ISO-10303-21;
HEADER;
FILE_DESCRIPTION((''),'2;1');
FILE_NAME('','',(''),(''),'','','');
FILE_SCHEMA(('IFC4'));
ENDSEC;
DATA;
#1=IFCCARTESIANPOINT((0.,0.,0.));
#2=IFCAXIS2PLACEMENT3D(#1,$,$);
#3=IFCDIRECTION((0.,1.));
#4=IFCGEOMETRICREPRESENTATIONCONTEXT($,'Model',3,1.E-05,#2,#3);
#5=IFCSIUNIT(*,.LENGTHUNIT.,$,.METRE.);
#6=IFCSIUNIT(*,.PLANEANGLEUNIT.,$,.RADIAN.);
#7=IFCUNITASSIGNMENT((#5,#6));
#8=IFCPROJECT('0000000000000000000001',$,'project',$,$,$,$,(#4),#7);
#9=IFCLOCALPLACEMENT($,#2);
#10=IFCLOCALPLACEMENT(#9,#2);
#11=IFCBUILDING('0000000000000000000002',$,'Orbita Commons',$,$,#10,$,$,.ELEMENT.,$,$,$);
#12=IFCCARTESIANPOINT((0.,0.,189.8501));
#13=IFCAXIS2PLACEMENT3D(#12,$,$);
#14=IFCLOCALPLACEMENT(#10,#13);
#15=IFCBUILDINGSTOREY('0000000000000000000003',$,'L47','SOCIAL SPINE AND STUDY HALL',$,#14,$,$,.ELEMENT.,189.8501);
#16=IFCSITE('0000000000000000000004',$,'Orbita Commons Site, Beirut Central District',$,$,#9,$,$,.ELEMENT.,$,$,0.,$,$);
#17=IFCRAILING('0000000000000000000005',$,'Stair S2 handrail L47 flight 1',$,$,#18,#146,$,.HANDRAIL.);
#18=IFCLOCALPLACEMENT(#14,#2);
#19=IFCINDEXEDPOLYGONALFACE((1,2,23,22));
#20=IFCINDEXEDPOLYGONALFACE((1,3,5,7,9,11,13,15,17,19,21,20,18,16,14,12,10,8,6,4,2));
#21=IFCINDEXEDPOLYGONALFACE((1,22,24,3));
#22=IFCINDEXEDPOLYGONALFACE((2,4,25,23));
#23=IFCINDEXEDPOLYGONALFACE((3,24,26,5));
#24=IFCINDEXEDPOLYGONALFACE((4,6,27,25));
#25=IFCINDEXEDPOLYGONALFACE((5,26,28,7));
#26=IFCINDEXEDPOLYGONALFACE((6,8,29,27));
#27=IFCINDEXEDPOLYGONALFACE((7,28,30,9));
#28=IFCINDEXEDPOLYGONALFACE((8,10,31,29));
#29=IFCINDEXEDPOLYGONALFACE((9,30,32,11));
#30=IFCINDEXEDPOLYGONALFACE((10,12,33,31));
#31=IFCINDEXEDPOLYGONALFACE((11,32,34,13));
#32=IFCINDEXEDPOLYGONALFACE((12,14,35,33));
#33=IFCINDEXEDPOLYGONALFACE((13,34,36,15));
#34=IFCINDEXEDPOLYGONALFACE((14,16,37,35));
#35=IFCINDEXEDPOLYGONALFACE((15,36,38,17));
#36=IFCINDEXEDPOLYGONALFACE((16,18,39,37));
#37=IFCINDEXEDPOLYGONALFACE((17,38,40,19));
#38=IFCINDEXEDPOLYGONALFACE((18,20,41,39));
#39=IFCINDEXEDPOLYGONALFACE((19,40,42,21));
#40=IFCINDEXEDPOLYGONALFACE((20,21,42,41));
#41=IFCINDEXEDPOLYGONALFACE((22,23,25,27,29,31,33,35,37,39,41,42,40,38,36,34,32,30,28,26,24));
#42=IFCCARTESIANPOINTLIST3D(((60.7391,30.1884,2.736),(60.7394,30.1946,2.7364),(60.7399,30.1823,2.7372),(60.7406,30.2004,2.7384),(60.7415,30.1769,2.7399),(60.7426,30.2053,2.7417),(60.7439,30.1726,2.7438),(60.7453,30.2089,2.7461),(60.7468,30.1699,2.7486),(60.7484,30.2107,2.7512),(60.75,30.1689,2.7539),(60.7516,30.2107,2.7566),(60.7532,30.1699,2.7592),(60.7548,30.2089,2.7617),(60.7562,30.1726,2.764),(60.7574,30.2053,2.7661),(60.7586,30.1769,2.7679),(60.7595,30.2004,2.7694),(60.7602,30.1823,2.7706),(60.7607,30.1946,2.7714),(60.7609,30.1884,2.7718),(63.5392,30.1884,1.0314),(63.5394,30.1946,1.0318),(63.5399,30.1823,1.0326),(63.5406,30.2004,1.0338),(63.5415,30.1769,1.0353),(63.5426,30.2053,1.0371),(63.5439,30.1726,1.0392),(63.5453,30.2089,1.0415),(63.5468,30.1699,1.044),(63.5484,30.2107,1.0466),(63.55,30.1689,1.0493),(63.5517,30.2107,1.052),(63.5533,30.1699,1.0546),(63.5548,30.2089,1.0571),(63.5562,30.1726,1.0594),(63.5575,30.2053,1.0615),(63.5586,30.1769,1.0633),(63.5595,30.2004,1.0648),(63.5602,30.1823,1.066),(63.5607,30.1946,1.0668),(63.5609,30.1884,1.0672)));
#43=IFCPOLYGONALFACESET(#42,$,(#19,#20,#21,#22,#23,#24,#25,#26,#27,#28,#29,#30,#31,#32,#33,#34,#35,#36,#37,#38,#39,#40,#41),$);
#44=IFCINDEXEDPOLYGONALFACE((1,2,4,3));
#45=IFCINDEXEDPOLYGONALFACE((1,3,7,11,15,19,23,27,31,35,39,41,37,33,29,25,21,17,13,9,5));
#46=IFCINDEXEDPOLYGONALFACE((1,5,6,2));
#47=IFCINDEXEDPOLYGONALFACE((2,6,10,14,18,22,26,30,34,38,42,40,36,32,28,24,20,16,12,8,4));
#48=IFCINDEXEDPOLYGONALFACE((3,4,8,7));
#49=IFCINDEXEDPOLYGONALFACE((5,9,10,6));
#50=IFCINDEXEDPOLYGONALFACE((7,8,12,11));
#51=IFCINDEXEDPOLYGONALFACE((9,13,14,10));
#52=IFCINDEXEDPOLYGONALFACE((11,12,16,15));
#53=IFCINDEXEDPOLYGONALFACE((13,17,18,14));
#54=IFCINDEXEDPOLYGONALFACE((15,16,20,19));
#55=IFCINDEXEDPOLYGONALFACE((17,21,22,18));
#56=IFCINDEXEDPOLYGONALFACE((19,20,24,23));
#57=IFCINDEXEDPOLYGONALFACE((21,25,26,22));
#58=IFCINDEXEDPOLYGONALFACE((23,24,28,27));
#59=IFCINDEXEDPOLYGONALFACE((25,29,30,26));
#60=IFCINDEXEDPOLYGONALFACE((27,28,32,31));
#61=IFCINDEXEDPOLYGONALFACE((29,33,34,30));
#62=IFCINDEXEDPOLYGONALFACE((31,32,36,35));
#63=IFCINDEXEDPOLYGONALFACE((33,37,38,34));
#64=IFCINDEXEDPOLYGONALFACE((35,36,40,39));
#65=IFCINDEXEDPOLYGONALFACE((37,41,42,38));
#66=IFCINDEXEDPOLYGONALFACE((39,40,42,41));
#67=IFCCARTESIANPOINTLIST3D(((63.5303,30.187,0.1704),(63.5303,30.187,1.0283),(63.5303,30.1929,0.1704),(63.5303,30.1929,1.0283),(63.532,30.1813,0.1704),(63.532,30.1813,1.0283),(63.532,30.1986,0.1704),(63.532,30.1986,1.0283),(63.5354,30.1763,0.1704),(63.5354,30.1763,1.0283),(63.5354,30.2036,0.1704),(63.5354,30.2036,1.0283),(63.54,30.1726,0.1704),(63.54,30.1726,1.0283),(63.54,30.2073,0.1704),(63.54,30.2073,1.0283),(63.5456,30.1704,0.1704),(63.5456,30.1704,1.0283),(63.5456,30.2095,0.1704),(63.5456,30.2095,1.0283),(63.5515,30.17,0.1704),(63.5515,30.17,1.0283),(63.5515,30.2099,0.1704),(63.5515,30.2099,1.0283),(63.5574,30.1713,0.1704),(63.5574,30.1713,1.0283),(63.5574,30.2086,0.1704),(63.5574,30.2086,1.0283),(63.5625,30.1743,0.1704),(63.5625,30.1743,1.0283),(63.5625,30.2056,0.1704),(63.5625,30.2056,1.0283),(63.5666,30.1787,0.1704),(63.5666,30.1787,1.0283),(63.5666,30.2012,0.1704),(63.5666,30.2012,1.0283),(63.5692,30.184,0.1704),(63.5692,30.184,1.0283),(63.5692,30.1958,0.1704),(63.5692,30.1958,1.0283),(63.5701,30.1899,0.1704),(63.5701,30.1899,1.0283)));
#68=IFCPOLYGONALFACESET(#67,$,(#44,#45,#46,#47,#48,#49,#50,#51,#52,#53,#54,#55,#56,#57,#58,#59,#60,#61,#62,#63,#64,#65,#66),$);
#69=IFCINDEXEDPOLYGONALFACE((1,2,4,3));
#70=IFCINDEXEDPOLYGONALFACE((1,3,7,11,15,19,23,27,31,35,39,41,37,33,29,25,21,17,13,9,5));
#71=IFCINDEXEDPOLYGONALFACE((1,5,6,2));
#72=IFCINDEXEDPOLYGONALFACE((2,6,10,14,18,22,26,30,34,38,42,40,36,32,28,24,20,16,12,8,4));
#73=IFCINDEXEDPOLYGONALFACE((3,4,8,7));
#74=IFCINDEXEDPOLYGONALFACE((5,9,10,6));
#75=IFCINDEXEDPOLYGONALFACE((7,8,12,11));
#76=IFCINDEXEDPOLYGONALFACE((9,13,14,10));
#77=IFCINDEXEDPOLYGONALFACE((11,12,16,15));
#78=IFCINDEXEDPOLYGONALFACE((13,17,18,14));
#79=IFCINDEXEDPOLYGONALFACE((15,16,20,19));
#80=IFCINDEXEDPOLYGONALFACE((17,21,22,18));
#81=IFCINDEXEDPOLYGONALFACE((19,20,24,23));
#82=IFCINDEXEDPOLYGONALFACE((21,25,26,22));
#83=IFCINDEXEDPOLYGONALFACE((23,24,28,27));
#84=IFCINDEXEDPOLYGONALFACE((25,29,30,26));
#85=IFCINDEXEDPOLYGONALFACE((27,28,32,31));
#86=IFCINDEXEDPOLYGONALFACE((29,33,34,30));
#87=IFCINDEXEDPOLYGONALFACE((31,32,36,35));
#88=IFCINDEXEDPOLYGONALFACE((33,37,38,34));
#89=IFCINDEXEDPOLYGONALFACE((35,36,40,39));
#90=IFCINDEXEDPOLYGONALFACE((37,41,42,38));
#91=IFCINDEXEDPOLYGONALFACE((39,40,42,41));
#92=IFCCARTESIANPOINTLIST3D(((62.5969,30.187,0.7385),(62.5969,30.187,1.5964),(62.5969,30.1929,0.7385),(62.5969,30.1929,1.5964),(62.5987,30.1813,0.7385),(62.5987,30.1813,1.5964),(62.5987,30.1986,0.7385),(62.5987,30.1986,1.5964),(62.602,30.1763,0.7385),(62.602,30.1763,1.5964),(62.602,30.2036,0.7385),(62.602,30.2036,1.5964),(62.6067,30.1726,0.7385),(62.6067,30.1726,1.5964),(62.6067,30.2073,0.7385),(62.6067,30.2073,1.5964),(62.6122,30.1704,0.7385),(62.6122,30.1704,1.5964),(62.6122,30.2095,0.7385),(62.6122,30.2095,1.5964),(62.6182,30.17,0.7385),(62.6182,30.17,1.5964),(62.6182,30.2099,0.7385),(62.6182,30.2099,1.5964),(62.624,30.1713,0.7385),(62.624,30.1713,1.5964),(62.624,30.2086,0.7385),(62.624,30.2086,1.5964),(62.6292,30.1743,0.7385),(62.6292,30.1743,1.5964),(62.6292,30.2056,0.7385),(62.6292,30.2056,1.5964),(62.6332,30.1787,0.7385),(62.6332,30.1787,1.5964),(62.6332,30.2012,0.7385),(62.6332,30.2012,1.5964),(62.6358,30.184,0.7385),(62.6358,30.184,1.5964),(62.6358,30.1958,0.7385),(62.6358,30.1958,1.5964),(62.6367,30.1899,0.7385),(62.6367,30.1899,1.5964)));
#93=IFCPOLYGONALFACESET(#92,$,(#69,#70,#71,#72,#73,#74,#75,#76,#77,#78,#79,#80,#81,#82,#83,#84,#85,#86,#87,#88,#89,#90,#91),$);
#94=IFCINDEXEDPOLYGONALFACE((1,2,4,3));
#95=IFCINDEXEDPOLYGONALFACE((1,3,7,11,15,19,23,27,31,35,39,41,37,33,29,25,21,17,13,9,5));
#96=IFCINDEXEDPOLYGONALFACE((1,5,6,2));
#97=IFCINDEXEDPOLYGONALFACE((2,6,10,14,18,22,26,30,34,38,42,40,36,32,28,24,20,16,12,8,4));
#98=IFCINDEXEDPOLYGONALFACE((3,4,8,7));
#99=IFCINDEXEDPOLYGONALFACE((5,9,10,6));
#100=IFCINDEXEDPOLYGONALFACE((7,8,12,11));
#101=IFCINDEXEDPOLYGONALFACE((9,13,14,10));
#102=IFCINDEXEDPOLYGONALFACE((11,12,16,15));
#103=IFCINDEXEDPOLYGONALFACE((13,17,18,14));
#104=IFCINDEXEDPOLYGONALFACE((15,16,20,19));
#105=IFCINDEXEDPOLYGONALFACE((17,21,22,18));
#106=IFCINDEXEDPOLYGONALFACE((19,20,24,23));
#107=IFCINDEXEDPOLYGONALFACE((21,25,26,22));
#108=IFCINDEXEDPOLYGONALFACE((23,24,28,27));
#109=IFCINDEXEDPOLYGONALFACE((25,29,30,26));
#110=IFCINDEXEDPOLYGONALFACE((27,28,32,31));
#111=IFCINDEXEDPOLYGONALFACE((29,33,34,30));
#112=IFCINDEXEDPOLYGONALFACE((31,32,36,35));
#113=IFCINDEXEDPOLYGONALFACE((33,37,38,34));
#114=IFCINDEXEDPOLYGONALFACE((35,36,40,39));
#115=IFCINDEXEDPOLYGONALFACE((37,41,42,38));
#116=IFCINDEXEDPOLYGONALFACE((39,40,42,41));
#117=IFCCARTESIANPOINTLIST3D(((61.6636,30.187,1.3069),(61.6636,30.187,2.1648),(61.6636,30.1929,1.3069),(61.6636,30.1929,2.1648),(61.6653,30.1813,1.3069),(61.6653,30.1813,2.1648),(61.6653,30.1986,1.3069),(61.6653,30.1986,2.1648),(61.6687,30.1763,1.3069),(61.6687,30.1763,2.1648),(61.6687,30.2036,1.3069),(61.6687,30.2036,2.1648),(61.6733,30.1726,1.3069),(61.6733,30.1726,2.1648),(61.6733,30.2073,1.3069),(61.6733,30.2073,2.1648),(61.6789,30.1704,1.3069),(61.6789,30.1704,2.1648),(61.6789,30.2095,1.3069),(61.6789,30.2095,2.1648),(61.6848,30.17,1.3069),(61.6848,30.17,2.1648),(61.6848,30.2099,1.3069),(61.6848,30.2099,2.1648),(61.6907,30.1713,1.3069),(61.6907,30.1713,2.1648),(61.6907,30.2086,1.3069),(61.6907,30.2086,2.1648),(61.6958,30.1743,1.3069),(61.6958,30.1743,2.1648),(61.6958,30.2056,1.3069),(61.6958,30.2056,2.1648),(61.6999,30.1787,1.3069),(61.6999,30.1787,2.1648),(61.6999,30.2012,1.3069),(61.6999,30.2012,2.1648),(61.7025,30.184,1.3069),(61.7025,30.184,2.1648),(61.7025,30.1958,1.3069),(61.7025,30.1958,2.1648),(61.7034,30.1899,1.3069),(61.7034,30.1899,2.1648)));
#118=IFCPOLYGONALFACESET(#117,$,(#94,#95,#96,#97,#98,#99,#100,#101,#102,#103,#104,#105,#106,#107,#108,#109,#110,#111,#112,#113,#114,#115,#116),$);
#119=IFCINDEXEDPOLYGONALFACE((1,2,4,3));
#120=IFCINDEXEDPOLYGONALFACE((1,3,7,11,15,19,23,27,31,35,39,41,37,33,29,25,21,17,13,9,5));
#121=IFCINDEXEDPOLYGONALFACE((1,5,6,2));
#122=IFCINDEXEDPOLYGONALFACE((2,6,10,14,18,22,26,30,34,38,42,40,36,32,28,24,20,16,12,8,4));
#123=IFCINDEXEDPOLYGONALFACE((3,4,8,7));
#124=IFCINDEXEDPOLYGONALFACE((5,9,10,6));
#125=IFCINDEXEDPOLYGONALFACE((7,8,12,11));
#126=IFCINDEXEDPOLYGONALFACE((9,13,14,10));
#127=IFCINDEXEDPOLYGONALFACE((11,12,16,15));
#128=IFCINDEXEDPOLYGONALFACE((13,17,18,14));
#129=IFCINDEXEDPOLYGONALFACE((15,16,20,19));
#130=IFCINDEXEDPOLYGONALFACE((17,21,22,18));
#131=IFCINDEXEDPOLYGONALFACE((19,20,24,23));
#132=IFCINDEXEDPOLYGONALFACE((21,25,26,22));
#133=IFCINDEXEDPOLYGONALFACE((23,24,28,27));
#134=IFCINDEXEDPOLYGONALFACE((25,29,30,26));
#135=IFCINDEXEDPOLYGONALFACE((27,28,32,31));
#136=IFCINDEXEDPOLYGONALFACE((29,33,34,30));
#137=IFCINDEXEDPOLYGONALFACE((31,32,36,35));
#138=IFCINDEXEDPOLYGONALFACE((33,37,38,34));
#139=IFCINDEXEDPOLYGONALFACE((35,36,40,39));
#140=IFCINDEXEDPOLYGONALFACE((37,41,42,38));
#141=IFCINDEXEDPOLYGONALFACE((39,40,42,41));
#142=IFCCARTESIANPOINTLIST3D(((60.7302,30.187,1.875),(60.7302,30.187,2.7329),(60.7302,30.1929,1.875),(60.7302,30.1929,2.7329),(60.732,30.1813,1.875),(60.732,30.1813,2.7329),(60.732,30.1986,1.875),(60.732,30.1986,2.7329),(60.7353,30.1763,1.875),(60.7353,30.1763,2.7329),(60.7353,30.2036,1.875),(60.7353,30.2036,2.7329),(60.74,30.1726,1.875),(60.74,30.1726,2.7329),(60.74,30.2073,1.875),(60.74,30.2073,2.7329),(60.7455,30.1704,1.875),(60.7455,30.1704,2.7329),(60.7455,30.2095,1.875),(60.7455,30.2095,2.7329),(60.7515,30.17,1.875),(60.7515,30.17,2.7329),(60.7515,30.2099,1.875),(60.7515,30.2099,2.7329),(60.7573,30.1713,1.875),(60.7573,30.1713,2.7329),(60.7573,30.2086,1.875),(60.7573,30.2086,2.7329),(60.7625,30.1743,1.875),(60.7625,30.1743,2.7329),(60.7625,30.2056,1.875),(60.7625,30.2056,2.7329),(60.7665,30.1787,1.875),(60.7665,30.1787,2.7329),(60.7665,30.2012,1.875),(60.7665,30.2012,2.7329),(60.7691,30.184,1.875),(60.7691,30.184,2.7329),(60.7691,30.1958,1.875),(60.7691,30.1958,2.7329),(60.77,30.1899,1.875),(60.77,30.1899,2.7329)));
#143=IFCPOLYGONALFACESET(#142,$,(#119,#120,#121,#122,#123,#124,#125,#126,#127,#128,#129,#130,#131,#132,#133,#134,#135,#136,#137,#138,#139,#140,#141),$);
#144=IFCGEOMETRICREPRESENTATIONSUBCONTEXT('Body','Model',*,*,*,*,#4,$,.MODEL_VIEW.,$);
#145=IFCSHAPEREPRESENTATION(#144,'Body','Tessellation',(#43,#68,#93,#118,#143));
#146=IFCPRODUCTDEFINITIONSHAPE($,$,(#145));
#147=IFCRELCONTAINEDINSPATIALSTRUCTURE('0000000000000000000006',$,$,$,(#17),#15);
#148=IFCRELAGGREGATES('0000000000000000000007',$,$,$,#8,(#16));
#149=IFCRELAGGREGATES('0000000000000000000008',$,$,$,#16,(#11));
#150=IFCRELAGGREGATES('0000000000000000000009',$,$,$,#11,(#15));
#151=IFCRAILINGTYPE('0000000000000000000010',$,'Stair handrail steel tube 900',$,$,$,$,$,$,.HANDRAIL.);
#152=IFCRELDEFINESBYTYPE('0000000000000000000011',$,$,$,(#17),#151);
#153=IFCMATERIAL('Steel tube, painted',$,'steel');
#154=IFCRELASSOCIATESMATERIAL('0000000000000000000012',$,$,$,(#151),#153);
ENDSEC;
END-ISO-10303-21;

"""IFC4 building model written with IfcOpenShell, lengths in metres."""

from ifc_helpers import new_model, si_unit, direction, frame, origin, origin_2d, place, context, subcontext, project, spatial, circle, extrude, material, type_object, element, save


model = new_model("IFC4")

# Units and contexts
model_context = context("Model", 3, precision=1e-05, world=origin(), true_north=direction((0.0, 1.0)))
body_context = subcontext(model_context, "Body", "Model", "MODEL_VIEW")
ifc_project = project(units=[si_unit("LENGTHUNIT", "METRE"), si_unit("PLANEANGLEUNIT", "RADIAN")], contexts=[model_context])

# Site, building, storey
site_placement = place(None, origin())
site = spatial("IfcSite", under=ifc_project, at=site_placement, Name="Orbita Commons Site, Beirut Central District", CompositionType="ELEMENT", RefElevation=0.0)
building_placement = place(site_placement, origin())
building = spatial("IfcBuilding", under=site, at=building_placement, Name="Orbita Commons", CompositionType="ELEMENT")
storey_placement = place(building_placement, frame((0.0, 0.0, 189.8501)))
storey = spatial("IfcBuildingStorey", under=building, at=storey_placement, Name="L47", Description="SOCIAL SPINE AND STUDY HALL", CompositionType="ELEMENT", Elevation=189.8501)

# Railing
ifc_material_1 = material(Name="Steel tube, painted", Category="steel")
railing_type = type_object("IfcRailingType", Name="Stair handrail steel tube 900", PredefinedType="HANDRAIL", material=ifc_material_1)
for number, where, name in (
    (1, (63.55, 30.1899, 0.1704), "Stair S2 handrail L47 flight 1"),
):
    element("IfcRailing", number, at=place(storey_placement, frame(where)), inside=storey, type_object=railing_type, Name=name, PredefinedType="HANDRAIL", context=body_context, shape_type="SweptSolid", body=[
        extrude(circle(Radius=0.021, at=origin_2d()), frame((0.0, 0.0, 0.8789), z_axis=(-0.85417, 0.0, 0.519994), x_axis=(0.0, -1.0, 0.0)), (0.0, 0.0, 1.0), 3.2781),
        extrude(circle(Radius=0.02, at=origin_2d()), origin(), (0.0, 0.0, 1.0), 0.8579),
        extrude(circle(Radius=0.02, at=origin_2d()), frame((-0.9333, 0.0, 0.5681)), (0.0, 0.0, 1.0), 0.8579),
        extrude(circle(Radius=0.02, at=origin_2d()), frame((-1.8667, 0.0, 1.1365)), (0.0, 0.0, 1.0), 0.8579),
        extrude(circle(Radius=0.02, at=origin_2d()), frame((-2.8, 0.0, 1.7046)), (0.0, 0.0, 1.0), 0.8579),
    ])

save(model, "model.ifc")
